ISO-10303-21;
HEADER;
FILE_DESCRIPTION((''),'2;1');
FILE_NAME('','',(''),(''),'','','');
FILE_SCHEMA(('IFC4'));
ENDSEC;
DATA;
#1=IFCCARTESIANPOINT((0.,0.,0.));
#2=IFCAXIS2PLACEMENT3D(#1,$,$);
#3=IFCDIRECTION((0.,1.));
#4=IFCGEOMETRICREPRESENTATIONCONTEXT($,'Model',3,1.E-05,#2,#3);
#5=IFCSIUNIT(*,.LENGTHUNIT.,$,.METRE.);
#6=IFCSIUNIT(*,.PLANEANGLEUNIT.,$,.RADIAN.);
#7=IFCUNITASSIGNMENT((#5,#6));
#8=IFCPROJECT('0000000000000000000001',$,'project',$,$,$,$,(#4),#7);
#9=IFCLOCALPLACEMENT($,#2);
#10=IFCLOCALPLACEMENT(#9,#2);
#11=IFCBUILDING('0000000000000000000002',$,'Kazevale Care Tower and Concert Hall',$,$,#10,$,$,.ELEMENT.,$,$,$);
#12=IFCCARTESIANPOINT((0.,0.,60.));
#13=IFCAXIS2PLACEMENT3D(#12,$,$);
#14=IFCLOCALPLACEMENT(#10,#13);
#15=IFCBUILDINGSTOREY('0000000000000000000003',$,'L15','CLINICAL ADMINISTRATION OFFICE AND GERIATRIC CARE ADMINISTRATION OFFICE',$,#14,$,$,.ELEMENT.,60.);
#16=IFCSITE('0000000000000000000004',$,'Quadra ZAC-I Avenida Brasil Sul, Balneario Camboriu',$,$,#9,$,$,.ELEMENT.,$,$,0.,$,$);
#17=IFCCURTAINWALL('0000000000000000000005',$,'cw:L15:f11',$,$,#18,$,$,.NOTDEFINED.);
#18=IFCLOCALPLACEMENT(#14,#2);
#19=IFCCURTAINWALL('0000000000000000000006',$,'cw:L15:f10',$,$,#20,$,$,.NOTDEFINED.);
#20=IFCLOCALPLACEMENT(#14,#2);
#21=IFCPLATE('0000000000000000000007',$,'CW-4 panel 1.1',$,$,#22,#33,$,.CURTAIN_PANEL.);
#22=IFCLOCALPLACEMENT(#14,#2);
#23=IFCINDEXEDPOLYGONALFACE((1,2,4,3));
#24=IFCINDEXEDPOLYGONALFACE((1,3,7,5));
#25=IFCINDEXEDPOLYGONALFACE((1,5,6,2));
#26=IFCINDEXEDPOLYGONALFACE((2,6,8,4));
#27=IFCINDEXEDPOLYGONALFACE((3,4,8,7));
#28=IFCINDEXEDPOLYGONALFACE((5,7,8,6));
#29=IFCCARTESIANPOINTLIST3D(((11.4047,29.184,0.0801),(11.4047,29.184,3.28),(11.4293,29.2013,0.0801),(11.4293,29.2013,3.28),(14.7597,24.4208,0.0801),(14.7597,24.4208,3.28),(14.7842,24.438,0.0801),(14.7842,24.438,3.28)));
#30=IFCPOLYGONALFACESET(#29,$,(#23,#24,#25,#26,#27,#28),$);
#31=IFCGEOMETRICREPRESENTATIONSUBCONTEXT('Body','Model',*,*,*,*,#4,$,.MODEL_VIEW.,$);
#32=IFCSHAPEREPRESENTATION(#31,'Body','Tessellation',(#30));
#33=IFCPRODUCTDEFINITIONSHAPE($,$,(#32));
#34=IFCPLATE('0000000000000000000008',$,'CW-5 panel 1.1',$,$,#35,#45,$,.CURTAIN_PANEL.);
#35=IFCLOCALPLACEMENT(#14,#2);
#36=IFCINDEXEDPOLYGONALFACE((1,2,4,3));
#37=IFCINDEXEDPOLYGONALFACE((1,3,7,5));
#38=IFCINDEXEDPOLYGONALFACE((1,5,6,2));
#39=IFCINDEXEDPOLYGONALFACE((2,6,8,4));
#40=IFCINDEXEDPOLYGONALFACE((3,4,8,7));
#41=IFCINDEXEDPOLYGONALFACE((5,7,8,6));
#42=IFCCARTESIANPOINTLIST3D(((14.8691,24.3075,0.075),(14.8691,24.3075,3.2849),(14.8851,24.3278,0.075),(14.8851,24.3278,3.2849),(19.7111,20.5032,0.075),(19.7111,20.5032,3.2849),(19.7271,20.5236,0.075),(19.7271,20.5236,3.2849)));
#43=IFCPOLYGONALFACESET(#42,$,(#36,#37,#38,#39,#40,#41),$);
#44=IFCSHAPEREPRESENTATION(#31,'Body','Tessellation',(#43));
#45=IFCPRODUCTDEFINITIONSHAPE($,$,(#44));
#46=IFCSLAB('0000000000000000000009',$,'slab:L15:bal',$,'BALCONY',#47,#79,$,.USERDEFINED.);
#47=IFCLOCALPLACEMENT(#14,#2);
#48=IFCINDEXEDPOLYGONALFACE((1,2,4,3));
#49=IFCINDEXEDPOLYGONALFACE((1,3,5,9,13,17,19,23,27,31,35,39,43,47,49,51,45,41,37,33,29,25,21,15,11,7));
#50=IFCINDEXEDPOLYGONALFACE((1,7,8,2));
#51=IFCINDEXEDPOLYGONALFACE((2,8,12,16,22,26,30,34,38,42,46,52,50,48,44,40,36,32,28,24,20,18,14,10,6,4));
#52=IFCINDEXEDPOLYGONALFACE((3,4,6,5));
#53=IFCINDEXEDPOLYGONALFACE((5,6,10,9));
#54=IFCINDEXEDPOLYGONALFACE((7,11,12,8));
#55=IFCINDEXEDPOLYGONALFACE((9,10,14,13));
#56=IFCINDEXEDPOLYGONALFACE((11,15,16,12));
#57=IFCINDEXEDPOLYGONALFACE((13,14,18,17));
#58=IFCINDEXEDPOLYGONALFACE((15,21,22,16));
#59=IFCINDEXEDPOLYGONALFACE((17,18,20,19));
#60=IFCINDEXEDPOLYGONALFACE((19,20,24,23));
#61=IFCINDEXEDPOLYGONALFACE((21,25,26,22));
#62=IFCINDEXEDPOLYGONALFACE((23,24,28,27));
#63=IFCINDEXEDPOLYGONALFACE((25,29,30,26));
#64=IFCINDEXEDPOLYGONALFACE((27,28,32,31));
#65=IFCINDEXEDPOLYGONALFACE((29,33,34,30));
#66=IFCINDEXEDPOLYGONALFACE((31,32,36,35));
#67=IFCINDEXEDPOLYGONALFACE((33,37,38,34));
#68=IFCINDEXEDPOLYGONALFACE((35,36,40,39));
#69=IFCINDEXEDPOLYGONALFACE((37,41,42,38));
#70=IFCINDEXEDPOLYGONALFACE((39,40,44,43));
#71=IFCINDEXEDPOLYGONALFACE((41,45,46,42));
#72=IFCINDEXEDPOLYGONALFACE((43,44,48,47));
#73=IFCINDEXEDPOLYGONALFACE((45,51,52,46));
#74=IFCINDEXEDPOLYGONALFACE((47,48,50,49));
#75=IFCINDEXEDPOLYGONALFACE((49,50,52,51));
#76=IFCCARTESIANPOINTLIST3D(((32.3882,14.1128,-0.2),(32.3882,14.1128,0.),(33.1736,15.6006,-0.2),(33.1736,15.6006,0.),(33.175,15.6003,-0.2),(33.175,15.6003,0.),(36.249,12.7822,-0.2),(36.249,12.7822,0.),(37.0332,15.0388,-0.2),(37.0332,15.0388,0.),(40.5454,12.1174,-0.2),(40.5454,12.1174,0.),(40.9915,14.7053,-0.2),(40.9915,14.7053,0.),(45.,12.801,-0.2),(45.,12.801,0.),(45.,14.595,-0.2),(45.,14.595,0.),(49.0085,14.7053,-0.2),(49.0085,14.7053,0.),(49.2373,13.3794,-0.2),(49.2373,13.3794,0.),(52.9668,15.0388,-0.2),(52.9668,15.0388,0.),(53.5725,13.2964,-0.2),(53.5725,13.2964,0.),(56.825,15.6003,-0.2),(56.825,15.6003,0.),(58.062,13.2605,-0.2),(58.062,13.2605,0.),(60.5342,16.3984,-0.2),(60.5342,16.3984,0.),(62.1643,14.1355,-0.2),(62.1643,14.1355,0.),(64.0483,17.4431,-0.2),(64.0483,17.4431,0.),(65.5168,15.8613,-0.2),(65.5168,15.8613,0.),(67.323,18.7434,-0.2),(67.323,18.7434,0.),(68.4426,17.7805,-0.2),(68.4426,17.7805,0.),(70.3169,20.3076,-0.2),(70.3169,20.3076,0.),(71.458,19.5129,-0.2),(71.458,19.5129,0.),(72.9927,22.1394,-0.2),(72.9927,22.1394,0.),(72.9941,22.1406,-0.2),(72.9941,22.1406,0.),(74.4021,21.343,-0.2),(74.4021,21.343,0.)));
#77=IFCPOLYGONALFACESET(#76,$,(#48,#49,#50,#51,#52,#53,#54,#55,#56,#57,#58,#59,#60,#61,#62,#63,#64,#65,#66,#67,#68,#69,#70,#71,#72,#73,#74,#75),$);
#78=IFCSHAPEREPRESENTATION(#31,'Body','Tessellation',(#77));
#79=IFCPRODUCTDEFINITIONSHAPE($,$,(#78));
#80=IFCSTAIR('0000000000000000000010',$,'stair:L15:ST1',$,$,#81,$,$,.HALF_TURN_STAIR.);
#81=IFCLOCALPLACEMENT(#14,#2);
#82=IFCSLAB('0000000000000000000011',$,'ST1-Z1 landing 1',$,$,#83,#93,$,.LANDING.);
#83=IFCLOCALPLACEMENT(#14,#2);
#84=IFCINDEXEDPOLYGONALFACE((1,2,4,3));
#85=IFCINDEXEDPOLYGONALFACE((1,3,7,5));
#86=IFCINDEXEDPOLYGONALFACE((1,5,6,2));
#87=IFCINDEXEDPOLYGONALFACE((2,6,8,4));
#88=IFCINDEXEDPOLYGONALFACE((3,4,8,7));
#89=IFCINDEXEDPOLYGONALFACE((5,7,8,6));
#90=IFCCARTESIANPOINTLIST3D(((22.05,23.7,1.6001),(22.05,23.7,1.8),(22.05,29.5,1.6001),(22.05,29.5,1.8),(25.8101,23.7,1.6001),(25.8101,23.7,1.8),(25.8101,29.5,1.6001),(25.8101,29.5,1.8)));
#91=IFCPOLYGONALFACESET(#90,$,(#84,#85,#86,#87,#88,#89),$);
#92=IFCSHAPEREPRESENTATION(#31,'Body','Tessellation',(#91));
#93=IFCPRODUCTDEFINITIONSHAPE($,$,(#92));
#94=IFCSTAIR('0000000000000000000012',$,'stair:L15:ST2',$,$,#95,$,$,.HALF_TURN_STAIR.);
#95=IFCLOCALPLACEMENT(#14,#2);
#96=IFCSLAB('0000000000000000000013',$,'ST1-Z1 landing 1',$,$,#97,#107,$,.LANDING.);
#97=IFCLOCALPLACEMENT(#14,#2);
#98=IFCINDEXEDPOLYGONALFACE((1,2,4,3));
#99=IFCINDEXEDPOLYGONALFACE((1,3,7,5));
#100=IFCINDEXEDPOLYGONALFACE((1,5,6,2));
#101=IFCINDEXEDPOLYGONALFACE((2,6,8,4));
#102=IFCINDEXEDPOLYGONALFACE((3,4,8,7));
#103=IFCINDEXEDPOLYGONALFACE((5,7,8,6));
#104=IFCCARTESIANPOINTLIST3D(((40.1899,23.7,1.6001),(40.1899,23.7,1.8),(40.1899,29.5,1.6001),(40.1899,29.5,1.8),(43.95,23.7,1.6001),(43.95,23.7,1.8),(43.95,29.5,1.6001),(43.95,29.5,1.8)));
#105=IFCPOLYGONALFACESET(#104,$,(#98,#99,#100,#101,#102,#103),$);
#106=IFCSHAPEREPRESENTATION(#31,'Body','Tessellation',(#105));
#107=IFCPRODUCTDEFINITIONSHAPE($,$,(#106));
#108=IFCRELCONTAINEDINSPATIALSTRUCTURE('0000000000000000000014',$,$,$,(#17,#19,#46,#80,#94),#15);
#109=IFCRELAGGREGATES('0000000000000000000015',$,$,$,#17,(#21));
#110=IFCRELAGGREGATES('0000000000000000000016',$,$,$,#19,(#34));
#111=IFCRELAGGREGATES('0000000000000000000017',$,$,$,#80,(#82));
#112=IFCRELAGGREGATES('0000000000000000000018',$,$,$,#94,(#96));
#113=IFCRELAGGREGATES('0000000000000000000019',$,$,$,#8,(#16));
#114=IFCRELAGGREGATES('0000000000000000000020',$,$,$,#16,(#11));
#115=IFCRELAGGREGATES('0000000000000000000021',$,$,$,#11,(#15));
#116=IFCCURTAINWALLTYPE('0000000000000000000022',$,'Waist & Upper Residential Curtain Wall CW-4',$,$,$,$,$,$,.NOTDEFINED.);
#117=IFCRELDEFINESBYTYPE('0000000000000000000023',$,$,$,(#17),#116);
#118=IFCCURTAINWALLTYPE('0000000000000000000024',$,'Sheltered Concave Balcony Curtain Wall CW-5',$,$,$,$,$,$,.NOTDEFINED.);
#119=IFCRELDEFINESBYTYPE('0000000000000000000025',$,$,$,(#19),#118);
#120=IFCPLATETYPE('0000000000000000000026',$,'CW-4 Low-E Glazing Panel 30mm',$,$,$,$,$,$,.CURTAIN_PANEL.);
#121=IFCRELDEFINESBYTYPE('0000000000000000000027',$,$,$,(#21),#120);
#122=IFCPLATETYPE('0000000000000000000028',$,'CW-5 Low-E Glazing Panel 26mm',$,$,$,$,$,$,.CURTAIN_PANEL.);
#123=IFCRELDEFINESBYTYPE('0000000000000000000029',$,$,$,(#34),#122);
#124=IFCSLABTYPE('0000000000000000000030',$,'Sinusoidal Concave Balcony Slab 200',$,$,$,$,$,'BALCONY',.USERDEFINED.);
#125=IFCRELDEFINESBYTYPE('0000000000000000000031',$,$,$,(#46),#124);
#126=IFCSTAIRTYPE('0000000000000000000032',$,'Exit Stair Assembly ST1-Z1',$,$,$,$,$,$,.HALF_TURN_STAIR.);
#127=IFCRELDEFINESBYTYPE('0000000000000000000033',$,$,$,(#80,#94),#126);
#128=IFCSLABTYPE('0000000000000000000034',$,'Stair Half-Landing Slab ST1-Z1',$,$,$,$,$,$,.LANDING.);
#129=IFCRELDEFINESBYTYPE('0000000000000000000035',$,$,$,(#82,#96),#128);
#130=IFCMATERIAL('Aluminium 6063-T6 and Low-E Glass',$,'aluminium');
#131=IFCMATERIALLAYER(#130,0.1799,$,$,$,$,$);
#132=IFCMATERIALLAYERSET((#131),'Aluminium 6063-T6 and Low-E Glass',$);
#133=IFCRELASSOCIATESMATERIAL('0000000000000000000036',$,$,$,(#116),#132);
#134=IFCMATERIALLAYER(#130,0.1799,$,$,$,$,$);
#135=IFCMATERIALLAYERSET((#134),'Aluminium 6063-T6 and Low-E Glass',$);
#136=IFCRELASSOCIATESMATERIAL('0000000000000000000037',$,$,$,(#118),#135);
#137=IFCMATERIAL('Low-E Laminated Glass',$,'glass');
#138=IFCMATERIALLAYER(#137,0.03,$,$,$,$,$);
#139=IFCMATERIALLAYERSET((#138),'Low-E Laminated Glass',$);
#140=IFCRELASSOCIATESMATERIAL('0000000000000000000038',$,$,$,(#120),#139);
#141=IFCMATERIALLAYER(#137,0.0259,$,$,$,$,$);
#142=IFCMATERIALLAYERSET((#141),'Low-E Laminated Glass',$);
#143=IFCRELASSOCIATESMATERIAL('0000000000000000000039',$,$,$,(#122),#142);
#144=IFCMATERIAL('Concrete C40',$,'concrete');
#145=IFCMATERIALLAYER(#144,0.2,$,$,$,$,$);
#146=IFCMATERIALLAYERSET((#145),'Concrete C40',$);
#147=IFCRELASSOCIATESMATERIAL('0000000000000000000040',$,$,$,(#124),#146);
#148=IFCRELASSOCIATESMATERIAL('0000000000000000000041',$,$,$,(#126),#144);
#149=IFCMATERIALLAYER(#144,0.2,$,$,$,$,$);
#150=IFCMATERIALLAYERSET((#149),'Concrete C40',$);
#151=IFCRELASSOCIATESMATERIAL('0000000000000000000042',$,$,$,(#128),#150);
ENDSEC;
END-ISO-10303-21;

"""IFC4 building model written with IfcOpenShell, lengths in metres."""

from ifc_helpers import new_model, si_unit, direction, frame, origin, origin_2d, place, context, subcontext, project, spatial, polyline, rectangle, outline, extrude, material, layer, layer_set, type_object, element, aggregate, save


model = new_model("IFC4")

# Units and contexts
model_context = context("Model", 3, precision=1e-05, world=origin(), true_north=direction((0.0, 1.0)))
body_context = subcontext(model_context, "Body", "Model", "MODEL_VIEW")
ifc_project = project(units=[si_unit("LENGTHUNIT", "METRE"), si_unit("PLANEANGLEUNIT", "RADIAN")], contexts=[model_context])

# Site, building, storey
site_placement = place(None, origin())
site = spatial("IfcSite", under=ifc_project, at=site_placement, Name="Quadra ZAC-I Avenida Brasil Sul, Balneario Camboriu", CompositionType="ELEMENT", RefElevation=0.0)
building_placement = place(site_placement, origin())
building = spatial("IfcBuilding", under=site, at=building_placement, Name="Kazevale Care Tower and Concert Hall", CompositionType="ELEMENT")
storey_placement = place(building_placement, frame((0.0, 0.0, 60.0)))
storey = spatial("IfcBuildingStorey", under=building, at=storey_placement, Name="L15", Description="CLINICAL ADMINISTRATION OFFICE AND GERIATRIC CARE ADMINISTRATION OFFICE", CompositionType="ELEMENT", Elevation=60.0)

# Curtain wall
ifc_material_1 = material(Name="Aluminium 6063-T6 and Low-E Glass", Category="aluminium")
ifc_layer_1 = layer(ifc_material_1, 0.1799)
ifc_layer_set_1 = layer_set([ifc_layer_1], Name="Aluminium 6063-T6 and Low-E Glass")
curtain_wall_type_1 = type_object("IfcCurtainWallType", Name="Waist & Upper Residential Curtain Wall CW-4", PredefinedType="NOTDEFINED", material=ifc_layer_set_1)
curtain_wall_1_placement = place(storey_placement, origin())
curtain_wall_1 = element("IfcCurtainWall", 1, at=curtain_wall_1_placement, inside=storey, type_object=curtain_wall_type_1, Name="cw:L15:f11", PredefinedType="NOTDEFINED")

# Shared definitions
ifc_layer_2 = layer(ifc_material_1, 0.1799)
ifc_layer_set_2 = layer_set([ifc_layer_2], Name="Aluminium 6063-T6 and Low-E Glass")
curtain_wall_type_2 = type_object("IfcCurtainWallType", Name="Sheltered Concave Balcony Curtain Wall CW-5", PredefinedType="NOTDEFINED", material=ifc_layer_set_2)

# Curtain wall
curtain_wall_2_placement = place(storey_placement, origin())
curtain_wall_2 = element("IfcCurtainWall", 2, at=curtain_wall_2_placement, inside=storey, type_object=curtain_wall_type_2, Name="cw:L15:f10", PredefinedType="NOTDEFINED")

# Plates
ifc_material_2 = material(Name="Low-E Laminated Glass", Category="glass")
ifc_layer_3 = layer(ifc_material_2, 0.03)
ifc_layer_set_3 = layer_set([ifc_layer_3], Name="Low-E Laminated Glass")
plate_type_1 = type_object("IfcPlateType", Name="CW-4 Low-E Glazing Panel 30mm", PredefinedType="CURTAIN_PANEL", material=ifc_layer_set_3)
plate_1_placement = place(storey_placement, frame((13.0945, 26.811, 0.0801), z_axis=(0.0, 0.0, 1.0), x_axis=(-0.575837, 0.817565, 0.0)))
plate_1 = element("IfcPlate", 3, at=plate_1_placement, type_object=plate_type_1, Name="CW-4 panel 1.1", PredefinedType="CURTAIN_PANEL", context=body_context, shape_type="SweptSolid", body=[
    extrude(rectangle(XDim=5.8262, YDim=0.03, at=origin_2d()), origin(), (0.0, 0.0, 1.0), 3.2),
])
aggregate(curtain_wall_1, [plate_1])
ifc_layer_4 = layer(ifc_material_2, 0.0259)
ifc_layer_set_4 = layer_set([ifc_layer_4], Name="Low-E Laminated Glass")
plate_type_2 = type_object("IfcPlateType", Name="CW-5 Low-E Glazing Panel 26mm", PredefinedType="CURTAIN_PANEL", material=ifc_layer_set_4)
plate_2_placement = place(storey_placement, frame((17.2981, 22.4155, 0.075), z_axis=(0.0, 0.0, 1.0), x_axis=(-0.786329, 0.617808, 0.0)))
plate_2 = element("IfcPlate", 4, at=plate_2_placement, type_object=plate_type_2, Name="CW-5 panel 1.1", PredefinedType="CURTAIN_PANEL", context=body_context, shape_type="SweptSolid", body=[
    extrude(rectangle(XDim=6.1577, YDim=0.0259, at=origin_2d()), origin(), (0.0, 0.0, 1.0), 3.21),
])
aggregate(curtain_wall_2, [plate_2])

# Slab
ifc_material_3 = material(Name="Concrete C40", Category="concrete")
ifc_layer_5 = layer(ifc_material_3, 0.2)
ifc_layer_set_5 = layer_set([ifc_layer_5], Name="Concrete C40")
slab_type_1 = type_object("IfcSlabType", Name="Sinusoidal Concave Balcony Slab 200", ElementType="BALCONY", PredefinedType="USERDEFINED", material=ifc_layer_set_5)
slab_1_placement = place(storey_placement, frame((0.0, 0.0, -0.2)))
element("IfcSlab", 5, at=slab_1_placement, inside=storey, type_object=slab_type_1, Name="slab:L15:bal", ObjectType="BALCONY", PredefinedType="USERDEFINED", context=body_context, shape_type="SweptSolid", body=[
    extrude(outline(polyline([(74.4021, 21.343), (71.458, 19.5129), (68.4426, 17.7805), (65.5168, 15.8613), (62.1643, 14.1355), (58.062, 13.2605), (53.5725, 13.2964), (49.2373, 13.3794), (45.0, 12.801), (40.5454, 12.1174), (36.249, 12.7822), (32.3882, 14.1128), (33.1736, 15.6006), (33.175, 15.6003), (37.0332, 15.0388), (40.9915, 14.7053), (45.0, 14.595), (49.0085, 14.7053), (52.9668, 15.0388), (56.825, 15.6003), (60.5342, 16.3984), (64.0483, 17.4431), (67.323, 18.7434), (70.3169, 20.3076), (72.9927, 22.1394), (72.9941, 22.1406), (74.4021, 21.343)])), origin(), (0.0, 0.0, 1.0), 0.2),
])

# Stairs, slabs
stair_type = type_object("IfcStairType", Name="Exit Stair Assembly ST1-Z1", PredefinedType="HALF_TURN_STAIR", material=ifc_material_3)
stair_1_placement = place(storey_placement, origin())
stair_1 = element("IfcStair", 6, at=stair_1_placement, inside=storey, type_object=stair_type, Name="stair:L15:ST1", PredefinedType="HALF_TURN_STAIR")
ifc_layer_6 = layer(ifc_material_3, 0.2)
ifc_layer_set_6 = layer_set([ifc_layer_6], Name="Concrete C40")
slab_type_2 = type_object("IfcSlabType", Name="Stair Half-Landing Slab ST1-Z1", PredefinedType="LANDING", material=ifc_layer_set_6)
slab_2_placement = place(storey_placement, frame((0.0, 0.0, 1.6001)))
slab_2 = element("IfcSlab", 7, at=slab_2_placement, type_object=slab_type_2, Name="ST1-Z1 landing 1", PredefinedType="LANDING", context=body_context, shape_type="SweptSolid", body=[
    extrude(outline(polyline([(22.05, 23.7), (25.8101, 23.7), (25.8101, 29.5), (22.05, 29.5), (22.05, 23.7)])), origin(), (0.0, 0.0, 1.0), 0.2),
])
aggregate(stair_1, [slab_2])
stair_2_placement = place(storey_placement, origin())
stair_2 = element("IfcStair", 8, at=stair_2_placement, inside=storey, type_object=stair_type, Name="stair:L15:ST2", PredefinedType="HALF_TURN_STAIR")
slab_3_placement = place(storey_placement, frame((0.0, 0.0, 1.6001)))
slab_3 = element("IfcSlab", 9, at=slab_3_placement, type_object=slab_type_2, Name="ST1-Z1 landing 1", PredefinedType="LANDING", context=body_context, shape_type="SweptSolid", body=[
    extrude(outline(polyline([(40.1899, 23.7), (43.95, 23.7), (43.95, 29.5), (40.1899, 29.5), (40.1899, 23.7)])), origin(), (0.0, 0.0, 1.0), 0.2),
])
aggregate(stair_2, [slab_3])

save(model, "model.ifc")
